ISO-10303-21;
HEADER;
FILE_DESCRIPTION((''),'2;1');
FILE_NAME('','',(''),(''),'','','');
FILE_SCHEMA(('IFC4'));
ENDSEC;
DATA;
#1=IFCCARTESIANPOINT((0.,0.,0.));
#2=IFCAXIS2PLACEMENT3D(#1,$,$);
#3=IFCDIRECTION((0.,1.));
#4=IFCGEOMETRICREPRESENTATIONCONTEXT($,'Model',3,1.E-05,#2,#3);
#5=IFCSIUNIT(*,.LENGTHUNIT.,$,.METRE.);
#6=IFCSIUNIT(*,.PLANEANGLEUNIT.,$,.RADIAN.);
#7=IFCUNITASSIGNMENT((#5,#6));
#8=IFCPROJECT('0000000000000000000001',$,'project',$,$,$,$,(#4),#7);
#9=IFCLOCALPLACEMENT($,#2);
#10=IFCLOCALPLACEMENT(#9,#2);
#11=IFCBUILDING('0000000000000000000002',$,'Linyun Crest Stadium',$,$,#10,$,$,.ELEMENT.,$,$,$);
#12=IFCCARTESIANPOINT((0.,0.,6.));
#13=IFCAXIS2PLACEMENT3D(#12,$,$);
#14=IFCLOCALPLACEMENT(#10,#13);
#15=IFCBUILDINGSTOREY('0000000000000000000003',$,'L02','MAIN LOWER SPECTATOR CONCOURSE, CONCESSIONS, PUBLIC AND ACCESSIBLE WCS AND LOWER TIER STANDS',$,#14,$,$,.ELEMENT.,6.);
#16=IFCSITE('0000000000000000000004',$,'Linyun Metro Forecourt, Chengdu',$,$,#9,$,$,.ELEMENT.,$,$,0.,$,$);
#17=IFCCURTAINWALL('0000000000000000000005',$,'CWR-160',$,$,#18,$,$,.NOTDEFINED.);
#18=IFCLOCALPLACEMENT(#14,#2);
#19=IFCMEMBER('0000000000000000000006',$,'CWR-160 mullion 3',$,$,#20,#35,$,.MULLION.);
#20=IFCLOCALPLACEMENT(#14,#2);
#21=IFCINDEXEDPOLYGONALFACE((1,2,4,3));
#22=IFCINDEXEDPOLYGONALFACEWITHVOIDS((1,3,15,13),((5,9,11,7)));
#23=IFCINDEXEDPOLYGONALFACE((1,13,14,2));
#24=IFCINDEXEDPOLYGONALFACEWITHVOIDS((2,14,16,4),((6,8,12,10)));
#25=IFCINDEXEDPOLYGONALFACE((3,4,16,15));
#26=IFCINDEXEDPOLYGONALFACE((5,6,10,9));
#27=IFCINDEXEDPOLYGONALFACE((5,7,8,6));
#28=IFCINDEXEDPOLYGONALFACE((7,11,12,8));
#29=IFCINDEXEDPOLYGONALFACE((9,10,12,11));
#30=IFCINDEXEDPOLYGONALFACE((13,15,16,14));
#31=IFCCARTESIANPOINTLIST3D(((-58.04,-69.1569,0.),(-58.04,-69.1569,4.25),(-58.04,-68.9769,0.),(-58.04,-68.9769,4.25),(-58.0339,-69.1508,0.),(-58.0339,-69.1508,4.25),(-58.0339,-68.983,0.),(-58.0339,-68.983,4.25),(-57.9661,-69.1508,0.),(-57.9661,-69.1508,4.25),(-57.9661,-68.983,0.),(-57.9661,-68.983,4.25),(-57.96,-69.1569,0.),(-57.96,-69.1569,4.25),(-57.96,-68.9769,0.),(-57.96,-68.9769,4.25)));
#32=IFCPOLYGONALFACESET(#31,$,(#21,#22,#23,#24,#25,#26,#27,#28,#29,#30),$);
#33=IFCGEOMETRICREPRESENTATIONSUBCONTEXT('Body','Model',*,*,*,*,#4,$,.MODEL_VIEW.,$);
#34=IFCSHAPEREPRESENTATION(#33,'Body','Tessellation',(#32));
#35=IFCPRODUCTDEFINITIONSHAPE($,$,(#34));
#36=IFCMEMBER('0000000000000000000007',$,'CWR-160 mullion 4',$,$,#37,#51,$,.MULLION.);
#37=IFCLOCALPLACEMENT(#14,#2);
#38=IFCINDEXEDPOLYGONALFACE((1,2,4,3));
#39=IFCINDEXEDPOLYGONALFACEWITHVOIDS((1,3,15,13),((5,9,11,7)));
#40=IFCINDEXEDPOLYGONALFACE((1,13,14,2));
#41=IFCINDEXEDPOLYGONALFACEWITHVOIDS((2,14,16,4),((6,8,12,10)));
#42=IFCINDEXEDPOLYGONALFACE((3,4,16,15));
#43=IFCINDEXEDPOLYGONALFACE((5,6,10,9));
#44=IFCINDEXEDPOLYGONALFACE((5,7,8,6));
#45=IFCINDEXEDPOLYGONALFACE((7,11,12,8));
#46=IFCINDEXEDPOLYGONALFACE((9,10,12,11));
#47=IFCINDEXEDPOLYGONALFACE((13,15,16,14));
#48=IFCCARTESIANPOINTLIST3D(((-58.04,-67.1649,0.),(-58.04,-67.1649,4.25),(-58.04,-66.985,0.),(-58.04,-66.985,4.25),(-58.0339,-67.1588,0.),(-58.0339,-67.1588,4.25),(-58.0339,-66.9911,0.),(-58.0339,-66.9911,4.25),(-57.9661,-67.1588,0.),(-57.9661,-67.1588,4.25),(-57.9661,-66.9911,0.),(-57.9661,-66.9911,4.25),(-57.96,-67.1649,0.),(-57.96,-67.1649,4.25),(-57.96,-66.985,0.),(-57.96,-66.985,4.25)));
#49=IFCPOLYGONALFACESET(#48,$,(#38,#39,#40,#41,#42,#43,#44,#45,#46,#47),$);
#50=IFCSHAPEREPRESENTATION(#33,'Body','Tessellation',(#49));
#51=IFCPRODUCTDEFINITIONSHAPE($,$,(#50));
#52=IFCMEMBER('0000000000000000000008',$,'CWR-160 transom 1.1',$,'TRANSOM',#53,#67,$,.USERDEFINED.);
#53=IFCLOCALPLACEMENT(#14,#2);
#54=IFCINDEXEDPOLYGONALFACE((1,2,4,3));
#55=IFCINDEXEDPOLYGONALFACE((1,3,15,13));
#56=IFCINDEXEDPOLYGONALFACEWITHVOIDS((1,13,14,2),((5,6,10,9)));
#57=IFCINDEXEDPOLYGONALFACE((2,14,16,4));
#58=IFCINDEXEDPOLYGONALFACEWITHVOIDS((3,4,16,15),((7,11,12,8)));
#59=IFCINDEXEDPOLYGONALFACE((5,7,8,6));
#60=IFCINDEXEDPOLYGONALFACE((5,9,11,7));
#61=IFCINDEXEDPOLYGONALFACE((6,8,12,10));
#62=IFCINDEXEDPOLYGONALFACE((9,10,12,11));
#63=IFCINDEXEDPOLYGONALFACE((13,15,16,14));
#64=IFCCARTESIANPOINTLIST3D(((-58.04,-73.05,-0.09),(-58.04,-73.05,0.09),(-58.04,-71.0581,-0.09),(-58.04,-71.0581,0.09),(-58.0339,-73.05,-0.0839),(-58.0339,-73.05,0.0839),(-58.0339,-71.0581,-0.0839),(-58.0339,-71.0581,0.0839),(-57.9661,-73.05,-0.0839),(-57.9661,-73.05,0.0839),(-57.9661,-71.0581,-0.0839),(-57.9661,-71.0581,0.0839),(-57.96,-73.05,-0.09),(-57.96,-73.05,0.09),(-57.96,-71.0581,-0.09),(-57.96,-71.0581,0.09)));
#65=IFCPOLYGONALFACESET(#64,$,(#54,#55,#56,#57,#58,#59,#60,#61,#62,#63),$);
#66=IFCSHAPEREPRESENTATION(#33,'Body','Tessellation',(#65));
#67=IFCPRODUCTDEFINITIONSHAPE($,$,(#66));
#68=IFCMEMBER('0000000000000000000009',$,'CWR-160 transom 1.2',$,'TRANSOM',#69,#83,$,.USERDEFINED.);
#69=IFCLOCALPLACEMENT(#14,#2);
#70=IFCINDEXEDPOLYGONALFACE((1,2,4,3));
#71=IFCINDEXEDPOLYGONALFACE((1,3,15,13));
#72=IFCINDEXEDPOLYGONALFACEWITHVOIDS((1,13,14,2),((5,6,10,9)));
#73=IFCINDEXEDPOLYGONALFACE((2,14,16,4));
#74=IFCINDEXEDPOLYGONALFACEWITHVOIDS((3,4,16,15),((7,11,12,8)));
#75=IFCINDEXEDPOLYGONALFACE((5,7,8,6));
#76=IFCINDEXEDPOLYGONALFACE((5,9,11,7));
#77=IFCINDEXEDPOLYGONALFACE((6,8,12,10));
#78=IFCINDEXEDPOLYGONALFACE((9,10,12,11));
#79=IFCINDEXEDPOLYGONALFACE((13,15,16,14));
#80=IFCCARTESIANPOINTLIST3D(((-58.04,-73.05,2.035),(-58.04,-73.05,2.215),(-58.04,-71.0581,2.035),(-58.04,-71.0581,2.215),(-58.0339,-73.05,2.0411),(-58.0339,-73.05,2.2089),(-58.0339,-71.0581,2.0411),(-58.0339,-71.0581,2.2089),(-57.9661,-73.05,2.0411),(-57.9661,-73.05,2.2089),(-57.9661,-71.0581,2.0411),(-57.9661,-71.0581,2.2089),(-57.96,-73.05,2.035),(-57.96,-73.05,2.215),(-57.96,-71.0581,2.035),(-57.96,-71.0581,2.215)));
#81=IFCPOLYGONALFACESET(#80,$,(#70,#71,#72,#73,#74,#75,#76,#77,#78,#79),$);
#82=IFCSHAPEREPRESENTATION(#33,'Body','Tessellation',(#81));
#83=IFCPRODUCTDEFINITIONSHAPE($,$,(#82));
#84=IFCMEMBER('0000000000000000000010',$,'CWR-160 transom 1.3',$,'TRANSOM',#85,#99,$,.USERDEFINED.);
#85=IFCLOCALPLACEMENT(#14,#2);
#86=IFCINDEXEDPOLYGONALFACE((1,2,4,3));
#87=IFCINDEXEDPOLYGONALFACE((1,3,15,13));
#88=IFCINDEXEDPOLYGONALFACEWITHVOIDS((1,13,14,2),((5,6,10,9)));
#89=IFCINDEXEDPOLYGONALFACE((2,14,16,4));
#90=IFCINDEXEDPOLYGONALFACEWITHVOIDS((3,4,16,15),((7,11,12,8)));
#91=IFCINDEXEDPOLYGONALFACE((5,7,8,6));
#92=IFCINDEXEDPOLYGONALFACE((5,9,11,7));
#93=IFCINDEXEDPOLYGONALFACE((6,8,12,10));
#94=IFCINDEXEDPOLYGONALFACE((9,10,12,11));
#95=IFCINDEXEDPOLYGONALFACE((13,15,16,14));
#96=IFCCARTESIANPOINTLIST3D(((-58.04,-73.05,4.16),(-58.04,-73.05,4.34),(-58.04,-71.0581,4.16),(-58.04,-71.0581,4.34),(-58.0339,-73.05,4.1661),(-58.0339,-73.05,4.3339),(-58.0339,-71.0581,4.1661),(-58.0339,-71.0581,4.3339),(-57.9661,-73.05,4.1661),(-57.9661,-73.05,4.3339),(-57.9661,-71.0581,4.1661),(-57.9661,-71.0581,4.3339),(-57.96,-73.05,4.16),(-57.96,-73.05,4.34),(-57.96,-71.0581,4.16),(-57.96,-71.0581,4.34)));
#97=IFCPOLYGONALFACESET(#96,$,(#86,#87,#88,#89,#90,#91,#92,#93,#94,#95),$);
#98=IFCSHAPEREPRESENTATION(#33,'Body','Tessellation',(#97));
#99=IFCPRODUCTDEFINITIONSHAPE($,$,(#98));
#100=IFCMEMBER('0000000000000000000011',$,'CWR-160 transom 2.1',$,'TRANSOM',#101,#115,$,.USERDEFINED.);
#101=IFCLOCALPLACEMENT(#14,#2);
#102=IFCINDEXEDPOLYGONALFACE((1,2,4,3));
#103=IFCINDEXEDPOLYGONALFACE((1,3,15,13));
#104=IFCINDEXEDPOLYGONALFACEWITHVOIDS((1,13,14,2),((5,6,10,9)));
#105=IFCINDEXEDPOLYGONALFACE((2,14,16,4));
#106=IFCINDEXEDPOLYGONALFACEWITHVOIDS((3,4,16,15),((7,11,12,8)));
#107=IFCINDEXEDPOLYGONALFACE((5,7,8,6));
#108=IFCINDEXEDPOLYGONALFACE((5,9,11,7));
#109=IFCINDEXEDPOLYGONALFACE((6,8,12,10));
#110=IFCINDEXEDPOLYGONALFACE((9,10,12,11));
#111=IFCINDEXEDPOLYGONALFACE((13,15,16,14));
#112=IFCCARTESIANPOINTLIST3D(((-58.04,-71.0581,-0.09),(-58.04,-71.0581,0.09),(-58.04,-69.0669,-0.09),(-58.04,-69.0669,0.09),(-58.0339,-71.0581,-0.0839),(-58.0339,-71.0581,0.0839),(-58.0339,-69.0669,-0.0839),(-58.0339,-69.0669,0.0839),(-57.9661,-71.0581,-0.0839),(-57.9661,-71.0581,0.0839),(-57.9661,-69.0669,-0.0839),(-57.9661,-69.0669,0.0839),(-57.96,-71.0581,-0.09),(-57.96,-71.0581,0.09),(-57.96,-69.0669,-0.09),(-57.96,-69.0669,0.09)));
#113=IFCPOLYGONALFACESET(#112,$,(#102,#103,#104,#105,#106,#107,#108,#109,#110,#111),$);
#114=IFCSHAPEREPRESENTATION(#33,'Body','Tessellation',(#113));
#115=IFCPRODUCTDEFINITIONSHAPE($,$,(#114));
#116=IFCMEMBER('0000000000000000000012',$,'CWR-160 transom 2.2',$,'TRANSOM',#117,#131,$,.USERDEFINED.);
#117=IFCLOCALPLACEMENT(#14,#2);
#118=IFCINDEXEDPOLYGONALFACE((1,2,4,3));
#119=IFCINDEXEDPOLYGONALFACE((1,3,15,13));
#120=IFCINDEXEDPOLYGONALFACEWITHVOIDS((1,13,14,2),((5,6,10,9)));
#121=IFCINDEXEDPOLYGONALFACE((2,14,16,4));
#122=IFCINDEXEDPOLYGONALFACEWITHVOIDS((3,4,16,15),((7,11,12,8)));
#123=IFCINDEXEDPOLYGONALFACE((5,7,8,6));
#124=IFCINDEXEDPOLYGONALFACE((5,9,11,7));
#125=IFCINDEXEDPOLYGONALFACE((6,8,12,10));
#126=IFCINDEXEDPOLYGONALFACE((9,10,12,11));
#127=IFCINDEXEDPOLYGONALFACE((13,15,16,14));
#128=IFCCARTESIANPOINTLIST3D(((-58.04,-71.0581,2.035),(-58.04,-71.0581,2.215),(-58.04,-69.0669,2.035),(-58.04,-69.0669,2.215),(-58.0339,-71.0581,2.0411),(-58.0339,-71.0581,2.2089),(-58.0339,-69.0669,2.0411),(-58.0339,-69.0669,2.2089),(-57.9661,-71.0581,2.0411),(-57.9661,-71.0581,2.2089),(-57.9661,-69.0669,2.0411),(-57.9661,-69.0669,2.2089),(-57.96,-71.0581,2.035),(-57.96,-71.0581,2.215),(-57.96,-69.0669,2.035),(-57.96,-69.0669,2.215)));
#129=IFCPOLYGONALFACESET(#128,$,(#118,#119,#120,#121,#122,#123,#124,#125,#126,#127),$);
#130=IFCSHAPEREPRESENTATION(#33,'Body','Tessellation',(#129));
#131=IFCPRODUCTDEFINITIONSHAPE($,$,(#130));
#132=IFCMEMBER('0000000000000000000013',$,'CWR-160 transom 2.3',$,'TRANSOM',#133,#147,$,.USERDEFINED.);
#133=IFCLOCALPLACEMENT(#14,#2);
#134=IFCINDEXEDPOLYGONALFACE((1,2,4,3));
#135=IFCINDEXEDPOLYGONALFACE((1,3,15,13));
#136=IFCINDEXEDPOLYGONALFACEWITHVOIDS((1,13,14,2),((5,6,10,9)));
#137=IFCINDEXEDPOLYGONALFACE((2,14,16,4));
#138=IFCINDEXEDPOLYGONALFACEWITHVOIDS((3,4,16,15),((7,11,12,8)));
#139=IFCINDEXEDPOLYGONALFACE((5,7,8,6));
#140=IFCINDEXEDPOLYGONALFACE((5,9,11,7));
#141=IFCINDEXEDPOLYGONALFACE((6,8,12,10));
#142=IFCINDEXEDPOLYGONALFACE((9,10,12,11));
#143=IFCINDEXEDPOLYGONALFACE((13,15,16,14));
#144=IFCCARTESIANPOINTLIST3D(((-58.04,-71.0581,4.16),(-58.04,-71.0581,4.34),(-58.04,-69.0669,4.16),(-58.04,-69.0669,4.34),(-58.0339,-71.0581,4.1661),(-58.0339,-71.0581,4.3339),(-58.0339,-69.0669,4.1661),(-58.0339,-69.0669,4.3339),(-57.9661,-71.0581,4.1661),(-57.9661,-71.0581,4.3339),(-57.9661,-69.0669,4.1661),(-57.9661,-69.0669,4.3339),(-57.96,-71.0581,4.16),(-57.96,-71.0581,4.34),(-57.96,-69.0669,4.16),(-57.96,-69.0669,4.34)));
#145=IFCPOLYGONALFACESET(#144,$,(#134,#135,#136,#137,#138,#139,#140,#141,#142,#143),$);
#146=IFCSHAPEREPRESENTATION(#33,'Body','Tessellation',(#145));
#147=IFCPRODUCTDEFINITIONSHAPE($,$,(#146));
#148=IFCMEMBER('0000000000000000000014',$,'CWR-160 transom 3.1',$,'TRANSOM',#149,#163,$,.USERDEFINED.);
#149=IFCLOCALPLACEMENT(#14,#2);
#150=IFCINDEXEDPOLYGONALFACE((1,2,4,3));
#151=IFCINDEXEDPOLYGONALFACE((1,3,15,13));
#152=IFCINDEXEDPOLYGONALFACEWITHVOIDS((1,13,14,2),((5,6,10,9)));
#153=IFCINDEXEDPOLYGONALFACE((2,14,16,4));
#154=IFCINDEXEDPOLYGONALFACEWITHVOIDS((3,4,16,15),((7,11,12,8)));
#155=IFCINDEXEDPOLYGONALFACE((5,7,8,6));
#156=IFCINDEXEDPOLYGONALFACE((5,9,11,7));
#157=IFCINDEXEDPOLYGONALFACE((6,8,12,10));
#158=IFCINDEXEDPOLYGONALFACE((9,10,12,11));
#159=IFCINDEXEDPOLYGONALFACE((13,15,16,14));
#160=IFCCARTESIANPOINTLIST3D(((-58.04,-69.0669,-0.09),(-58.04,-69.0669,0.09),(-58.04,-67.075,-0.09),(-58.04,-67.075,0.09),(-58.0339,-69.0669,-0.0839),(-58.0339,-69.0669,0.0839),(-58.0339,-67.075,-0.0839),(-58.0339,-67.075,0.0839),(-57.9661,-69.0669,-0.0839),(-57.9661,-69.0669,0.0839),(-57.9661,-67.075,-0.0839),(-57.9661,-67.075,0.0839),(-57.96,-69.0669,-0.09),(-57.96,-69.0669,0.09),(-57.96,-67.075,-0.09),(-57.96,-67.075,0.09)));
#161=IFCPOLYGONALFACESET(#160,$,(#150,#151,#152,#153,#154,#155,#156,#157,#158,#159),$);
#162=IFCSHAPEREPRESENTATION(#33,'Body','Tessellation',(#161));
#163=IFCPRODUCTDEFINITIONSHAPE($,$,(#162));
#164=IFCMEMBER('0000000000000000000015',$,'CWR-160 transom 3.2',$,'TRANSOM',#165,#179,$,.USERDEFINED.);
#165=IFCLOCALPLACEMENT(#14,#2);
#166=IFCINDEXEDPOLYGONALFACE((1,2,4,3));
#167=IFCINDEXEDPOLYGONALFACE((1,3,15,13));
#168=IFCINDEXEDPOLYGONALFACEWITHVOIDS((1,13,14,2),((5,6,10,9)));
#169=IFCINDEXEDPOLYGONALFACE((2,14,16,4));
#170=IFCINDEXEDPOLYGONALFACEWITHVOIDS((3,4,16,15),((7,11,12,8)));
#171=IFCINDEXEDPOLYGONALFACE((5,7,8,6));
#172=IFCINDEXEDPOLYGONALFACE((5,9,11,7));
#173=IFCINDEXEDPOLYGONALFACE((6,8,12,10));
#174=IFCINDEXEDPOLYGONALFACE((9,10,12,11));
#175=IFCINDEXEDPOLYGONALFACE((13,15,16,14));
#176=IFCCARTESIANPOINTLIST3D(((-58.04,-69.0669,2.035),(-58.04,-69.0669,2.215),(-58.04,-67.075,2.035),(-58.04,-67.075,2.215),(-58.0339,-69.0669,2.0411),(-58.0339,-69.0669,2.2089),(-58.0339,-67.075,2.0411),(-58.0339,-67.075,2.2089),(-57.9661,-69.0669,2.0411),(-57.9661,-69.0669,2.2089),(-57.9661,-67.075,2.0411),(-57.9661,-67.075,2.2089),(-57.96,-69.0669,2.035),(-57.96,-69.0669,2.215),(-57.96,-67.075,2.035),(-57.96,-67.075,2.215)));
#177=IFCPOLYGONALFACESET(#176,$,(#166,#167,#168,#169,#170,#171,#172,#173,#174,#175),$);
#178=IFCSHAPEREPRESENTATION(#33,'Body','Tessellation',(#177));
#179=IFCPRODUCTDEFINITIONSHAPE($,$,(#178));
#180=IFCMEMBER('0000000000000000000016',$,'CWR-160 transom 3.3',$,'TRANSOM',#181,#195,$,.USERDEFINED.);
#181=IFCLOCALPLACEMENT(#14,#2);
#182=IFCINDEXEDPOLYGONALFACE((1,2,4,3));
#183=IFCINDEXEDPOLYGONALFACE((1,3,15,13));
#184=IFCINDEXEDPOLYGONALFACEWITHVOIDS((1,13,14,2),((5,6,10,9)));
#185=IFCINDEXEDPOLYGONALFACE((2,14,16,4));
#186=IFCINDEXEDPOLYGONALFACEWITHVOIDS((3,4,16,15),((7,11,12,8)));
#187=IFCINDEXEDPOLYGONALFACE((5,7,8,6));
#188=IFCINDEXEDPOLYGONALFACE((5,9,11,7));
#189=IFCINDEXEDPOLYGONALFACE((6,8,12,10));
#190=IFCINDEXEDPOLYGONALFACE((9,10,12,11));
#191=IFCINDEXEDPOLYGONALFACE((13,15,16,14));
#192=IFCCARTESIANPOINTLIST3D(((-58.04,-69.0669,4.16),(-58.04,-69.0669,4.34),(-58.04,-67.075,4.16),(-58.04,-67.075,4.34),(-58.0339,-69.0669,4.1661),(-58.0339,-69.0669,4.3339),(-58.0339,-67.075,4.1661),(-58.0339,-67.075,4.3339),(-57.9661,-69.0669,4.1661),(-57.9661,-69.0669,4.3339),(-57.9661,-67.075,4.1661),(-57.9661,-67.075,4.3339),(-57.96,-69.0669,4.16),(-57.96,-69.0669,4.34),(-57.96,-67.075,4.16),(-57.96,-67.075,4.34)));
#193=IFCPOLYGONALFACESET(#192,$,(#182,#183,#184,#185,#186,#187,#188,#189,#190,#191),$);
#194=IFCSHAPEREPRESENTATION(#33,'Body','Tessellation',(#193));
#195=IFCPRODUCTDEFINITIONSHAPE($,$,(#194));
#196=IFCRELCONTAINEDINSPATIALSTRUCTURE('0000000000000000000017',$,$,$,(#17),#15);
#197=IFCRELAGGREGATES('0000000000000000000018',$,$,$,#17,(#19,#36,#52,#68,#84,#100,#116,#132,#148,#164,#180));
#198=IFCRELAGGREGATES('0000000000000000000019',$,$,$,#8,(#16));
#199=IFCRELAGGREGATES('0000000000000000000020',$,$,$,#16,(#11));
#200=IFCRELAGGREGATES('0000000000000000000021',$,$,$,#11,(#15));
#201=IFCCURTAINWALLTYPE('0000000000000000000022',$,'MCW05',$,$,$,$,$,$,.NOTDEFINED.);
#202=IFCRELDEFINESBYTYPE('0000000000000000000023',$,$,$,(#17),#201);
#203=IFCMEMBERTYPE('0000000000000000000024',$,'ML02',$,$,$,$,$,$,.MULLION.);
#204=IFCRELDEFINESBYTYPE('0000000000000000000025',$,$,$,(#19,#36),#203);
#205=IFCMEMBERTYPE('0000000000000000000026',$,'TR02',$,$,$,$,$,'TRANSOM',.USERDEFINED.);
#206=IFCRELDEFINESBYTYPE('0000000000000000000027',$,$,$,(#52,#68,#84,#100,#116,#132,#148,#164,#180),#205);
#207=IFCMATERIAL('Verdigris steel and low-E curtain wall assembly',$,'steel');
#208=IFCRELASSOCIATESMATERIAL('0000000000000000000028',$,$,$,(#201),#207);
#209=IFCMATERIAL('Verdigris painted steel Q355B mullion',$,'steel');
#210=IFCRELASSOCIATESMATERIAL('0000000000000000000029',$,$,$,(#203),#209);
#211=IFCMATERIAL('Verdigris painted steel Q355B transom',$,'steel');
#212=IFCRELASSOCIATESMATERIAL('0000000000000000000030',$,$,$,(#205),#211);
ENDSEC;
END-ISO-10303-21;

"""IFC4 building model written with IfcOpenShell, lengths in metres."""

from ifc_helpers import new_model, si_unit, direction, frame, origin, origin_2d, place, context, subcontext, project, spatial, hollow_rectangle, extrude, material, material_profile, profile_set, type_object, element, aggregate, save


model = new_model("IFC4")

# Units and contexts
model_context = context("Model", 3, precision=1e-05, world=origin(), true_north=direction((0.0, 1.0)))
body_context = subcontext(model_context, "Body", "Model", "MODEL_VIEW")
ifc_project = project(units=[si_unit("LENGTHUNIT", "METRE"), si_unit("PLANEANGLEUNIT", "RADIAN")], contexts=[model_context])

# Site, building, storey
site_placement = place(None, origin())
site = spatial("IfcSite", under=ifc_project, at=site_placement, Name="Linyun Metro Forecourt, Chengdu", CompositionType="ELEMENT", RefElevation=0.0)
building_placement = place(site_placement, origin())
building = spatial("IfcBuilding", under=site, at=building_placement, Name="Linyun Crest Stadium", CompositionType="ELEMENT")
storey_placement = place(building_placement, frame((0.0, 0.0, 6.0)))
storey = spatial("IfcBuildingStorey", under=building, at=storey_placement, Name="L02", Description="MAIN LOWER SPECTATOR CONCOURSE, CONCESSIONS, PUBLIC AND ACCESSIBLE WCS AND LOWER TIER STANDS", CompositionType="ELEMENT", Elevation=6.0)

# Curtain wall, members
ifc_material_1 = material(Name="Verdigris steel and low-E curtain wall assembly", Category="steel")
curtain_wall_type = type_object("IfcCurtainWallType", Name="MCW05", PredefinedType="NOTDEFINED", material=ifc_material_1)
curtain_wall_placement = place(storey_placement, origin())
curtain_wall = element("IfcCurtainWall", 1, at=curtain_wall_placement, inside=storey, type_object=curtain_wall_type, Name="CWR-160", PredefinedType="NOTDEFINED")
ifc_material_2 = material(Name="Verdigris painted steel Q355B mullion", Category="steel")
ifc_material_profile_1 = material_profile(ifc_material_2, hollow_rectangle(XDim=0.0801, YDim=0.1799, WallThickness=0.0061, at=origin_2d()), Name="RHS 180x80x6")
ifc_profile_set_1 = profile_set([ifc_material_profile_1], Name="Verdigris painted steel Q355B mullion")
member_type_1 = type_object("IfcMemberType", Name="ML02", PredefinedType="MULLION", material=ifc_profile_set_1)
member_1_placement = place(storey_placement, frame((-58.0, -69.0669, 0.0), z_axis=(0.0, 0.0, 1.0), x_axis=(-1.0, 0.0, 0.0)))
member_1 = element("IfcMember", 2, at=member_1_placement, type_object=member_type_1, Name="CWR-160 mullion 3", PredefinedType="MULLION", context=body_context, shape_type="SweptSolid", body=[
    extrude(hollow_rectangle(XDim=0.0801, YDim=0.1799, WallThickness=0.0061, at=origin_2d()), origin(), (0.0, 0.0, 1.0), 4.25),
])
member_2_placement = place(storey_placement, frame((-58.0, -67.075, 0.0), z_axis=(0.0, 0.0, 1.0), x_axis=(-1.0, 0.0, 0.0)))
member_2 = element("IfcMember", 3, at=member_2_placement, type_object=member_type_1, Name="CWR-160 mullion 4", PredefinedType="MULLION", context=body_context, shape_type="SweptSolid", body=[
    extrude(hollow_rectangle(XDim=0.0801, YDim=0.1799, WallThickness=0.0061, at=origin_2d()), origin(), (0.0, 0.0, 1.0), 4.25),
])
ifc_material_3 = material(Name="Verdigris painted steel Q355B transom", Category="steel")
ifc_material_profile_2 = material_profile(ifc_material_3, hollow_rectangle(XDim=0.0801, YDim=0.1799, WallThickness=0.0061, at=origin_2d()), Name="RHS 180x80x6")
ifc_profile_set_2 = profile_set([ifc_material_profile_2], Name="Verdigris painted steel Q355B transom")
member_type_2 = type_object("IfcMemberType", Name="TR02", ElementType="TRANSOM", PredefinedType="USERDEFINED", material=ifc_profile_set_2)
member_3_placement = place(storey_placement, frame((-58.0, -73.05, 0.0), z_axis=(0.0, 1.0, 0.0), x_axis=(-1.0, 0.0, 0.0)))
member_3 = element("IfcMember", 4, at=member_3_placement, type_object=member_type_2, Name="CWR-160 transom 1.1", ObjectType="TRANSOM", PredefinedType="USERDEFINED", context=body_context, shape_type="SweptSolid", body=[
    extrude(hollow_rectangle(XDim=0.0801, YDim=0.1799, WallThickness=0.0061, at=origin_2d()), origin(), (0.0, 0.0, 1.0), 1.9919),
])
member_4_placement = place(storey_placement, frame((-58.0, -73.05, 2.125), z_axis=(0.0, 1.0, 0.0), x_axis=(-1.0, 0.0, 0.0)))
member_4 = element("IfcMember", 5, at=member_4_placement, type_object=member_type_2, Name="CWR-160 transom 1.2", ObjectType="TRANSOM", PredefinedType="USERDEFINED", context=body_context, shape_type="SweptSolid", body=[
    extrude(hollow_rectangle(XDim=0.0801, YDim=0.1799, WallThickness=0.0061, at=origin_2d()), origin(), (0.0, 0.0, 1.0), 1.9919),
])
member_5_placement = place(storey_placement, frame((-58.0, -73.05, 4.25), z_axis=(0.0, 1.0, 0.0), x_axis=(-1.0, 0.0, 0.0)))
member_5 = element("IfcMember", 6, at=member_5_placement, type_object=member_type_2, Name="CWR-160 transom 1.3", ObjectType="TRANSOM", PredefinedType="USERDEFINED", context=body_context, shape_type="SweptSolid", body=[
    extrude(hollow_rectangle(XDim=0.0801, YDim=0.1799, WallThickness=0.0061, at=origin_2d()), origin(), (0.0, 0.0, 1.0), 1.9919),
])
member_6_placement = place(storey_placement, frame((-58.0, -71.0581, 0.0), z_axis=(0.0, 1.0, 0.0), x_axis=(-1.0, 0.0, 0.0)))
member_6 = element("IfcMember", 7, at=member_6_placement, type_object=member_type_2, Name="CWR-160 transom 2.1", ObjectType="TRANSOM", PredefinedType="USERDEFINED", context=body_context, shape_type="SweptSolid", body=[
    extrude(hollow_rectangle(XDim=0.0801, YDim=0.1799, WallThickness=0.0061, at=origin_2d()), origin(), (0.0, 0.0, 1.0), 1.9912),
])
member_7_placement = place(storey_placement, frame((-58.0, -71.0581, 2.125), z_axis=(0.0, 1.0, 0.0), x_axis=(-1.0, 0.0, 0.0)))
member_7 = element("IfcMember", 8, at=member_7_placement, type_object=member_type_2, Name="CWR-160 transom 2.2", ObjectType="TRANSOM", PredefinedType="USERDEFINED", context=body_context, shape_type="SweptSolid", body=[
    extrude(hollow_rectangle(XDim=0.0801, YDim=0.1799, WallThickness=0.0061, at=origin_2d()), origin(), (0.0, 0.0, 1.0), 1.9912),
])
member_8_placement = place(storey_placement, frame((-58.0, -71.0581, 4.25), z_axis=(0.0, 1.0, 0.0), x_axis=(-1.0, 0.0, 0.0)))
member_8 = element("IfcMember", 9, at=member_8_placement, type_object=member_type_2, Name="CWR-160 transom 2.3", ObjectType="TRANSOM", PredefinedType="USERDEFINED", context=body_context, shape_type="SweptSolid", body=[
    extrude(hollow_rectangle(XDim=0.0801, YDim=0.1799, WallThickness=0.0061, at=origin_2d()), origin(), (0.0, 0.0, 1.0), 1.9912),
])
member_9_placement = place(storey_placement, frame((-58.0, -69.0669, 0.0), z_axis=(0.0, 1.0, 0.0), x_axis=(-1.0, 0.0, 0.0)))
member_9 = element("IfcMember", 10, at=member_9_placement, type_object=member_type_2, Name="CWR-160 transom 3.1", ObjectType="TRANSOM", PredefinedType="USERDEFINED", context=body_context, shape_type="SweptSolid", body=[
    extrude(hollow_rectangle(XDim=0.0801, YDim=0.1799, WallThickness=0.0061, at=origin_2d()), origin(), (0.0, 0.0, 1.0), 1.9919),
])
member_10_placement = place(storey_placement, frame((-58.0, -69.0669, 2.125), z_axis=(0.0, 1.0, 0.0), x_axis=(-1.0, 0.0, 0.0)))
member_10 = element("IfcMember", 11, at=member_10_placement, type_object=member_type_2, Name="CWR-160 transom 3.2", ObjectType="TRANSOM", PredefinedType="USERDEFINED", context=body_context, shape_type="SweptSolid", body=[
    extrude(hollow_rectangle(XDim=0.0801, YDim=0.1799, WallThickness=0.0061, at=origin_2d()), origin(), (0.0, 0.0, 1.0), 1.9919),
])
member_11_placement = place(storey_placement, frame((-58.0, -69.0669, 4.25), z_axis=(0.0, 1.0, 0.0), x_axis=(-1.0, 0.0, 0.0)))
member_11 = element("IfcMember", 12, at=member_11_placement, type_object=member_type_2, Name="CWR-160 transom 3.3", ObjectType="TRANSOM", PredefinedType="USERDEFINED", context=body_context, shape_type="SweptSolid", body=[
    extrude(hollow_rectangle(XDim=0.0801, YDim=0.1799, WallThickness=0.0061, at=origin_2d()), origin(), (0.0, 0.0, 1.0), 1.9919),
])
aggregate(curtain_wall, [member_1, member_2, member_3, member_4, member_5, member_6, member_7, member_8, member_9, member_10, member_11])

save(model, "model.ifc")
